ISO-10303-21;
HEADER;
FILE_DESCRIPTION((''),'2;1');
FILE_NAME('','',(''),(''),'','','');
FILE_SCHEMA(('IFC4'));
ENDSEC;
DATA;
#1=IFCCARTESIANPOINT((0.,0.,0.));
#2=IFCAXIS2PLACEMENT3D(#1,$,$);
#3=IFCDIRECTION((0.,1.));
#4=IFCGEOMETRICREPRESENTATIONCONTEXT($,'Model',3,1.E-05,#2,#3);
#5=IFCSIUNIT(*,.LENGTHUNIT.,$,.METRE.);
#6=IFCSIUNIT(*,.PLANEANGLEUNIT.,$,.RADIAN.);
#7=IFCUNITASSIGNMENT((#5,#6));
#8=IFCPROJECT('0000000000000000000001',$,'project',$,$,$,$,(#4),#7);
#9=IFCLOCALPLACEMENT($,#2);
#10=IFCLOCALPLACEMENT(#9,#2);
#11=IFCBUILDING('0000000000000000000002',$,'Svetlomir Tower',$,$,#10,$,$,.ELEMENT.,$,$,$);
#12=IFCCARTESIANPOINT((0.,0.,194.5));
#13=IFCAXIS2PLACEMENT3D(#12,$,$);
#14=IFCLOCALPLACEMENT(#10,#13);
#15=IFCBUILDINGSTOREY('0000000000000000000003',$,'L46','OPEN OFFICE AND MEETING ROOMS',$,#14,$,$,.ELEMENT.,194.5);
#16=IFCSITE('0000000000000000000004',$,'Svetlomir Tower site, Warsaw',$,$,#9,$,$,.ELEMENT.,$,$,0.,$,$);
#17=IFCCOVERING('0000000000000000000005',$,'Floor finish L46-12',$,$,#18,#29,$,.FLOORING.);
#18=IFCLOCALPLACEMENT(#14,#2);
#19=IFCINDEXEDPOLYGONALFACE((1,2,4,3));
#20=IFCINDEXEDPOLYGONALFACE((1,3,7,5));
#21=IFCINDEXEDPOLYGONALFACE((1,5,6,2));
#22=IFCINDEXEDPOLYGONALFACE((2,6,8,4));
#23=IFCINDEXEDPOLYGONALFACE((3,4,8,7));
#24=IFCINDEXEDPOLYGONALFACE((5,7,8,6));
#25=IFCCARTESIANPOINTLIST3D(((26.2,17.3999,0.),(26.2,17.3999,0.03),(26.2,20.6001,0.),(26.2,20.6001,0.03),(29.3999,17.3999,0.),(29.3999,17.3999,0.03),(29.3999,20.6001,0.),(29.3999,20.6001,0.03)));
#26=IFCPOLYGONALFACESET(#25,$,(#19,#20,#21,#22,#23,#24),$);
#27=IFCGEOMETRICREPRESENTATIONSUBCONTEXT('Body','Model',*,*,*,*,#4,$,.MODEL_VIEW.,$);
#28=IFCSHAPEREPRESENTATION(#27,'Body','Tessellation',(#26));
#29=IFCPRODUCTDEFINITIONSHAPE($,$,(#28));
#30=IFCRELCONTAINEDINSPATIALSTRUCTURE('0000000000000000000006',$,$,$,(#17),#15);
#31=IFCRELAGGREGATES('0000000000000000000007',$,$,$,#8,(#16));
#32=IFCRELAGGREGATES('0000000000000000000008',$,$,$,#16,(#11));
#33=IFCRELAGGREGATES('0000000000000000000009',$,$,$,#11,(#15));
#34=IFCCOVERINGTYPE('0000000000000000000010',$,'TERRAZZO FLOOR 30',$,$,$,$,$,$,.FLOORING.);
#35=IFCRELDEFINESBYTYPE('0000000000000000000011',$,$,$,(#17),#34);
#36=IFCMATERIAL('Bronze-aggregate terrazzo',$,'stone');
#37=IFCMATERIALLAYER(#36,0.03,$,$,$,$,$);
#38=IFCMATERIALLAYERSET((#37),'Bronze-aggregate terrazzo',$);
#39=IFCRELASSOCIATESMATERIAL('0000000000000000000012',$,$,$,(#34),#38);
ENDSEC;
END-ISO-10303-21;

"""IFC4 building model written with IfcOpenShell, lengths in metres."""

from ifc_helpers import new_model, si_unit, direction, frame, origin, place, context, subcontext, project, spatial, polyline, outline, extrude, material, layer, layer_set, type_object, element, save


model = new_model("IFC4")

# Units and contexts
model_context = context("Model", 3, precision=1e-05, world=origin(), true_north=direction((0.0, 1.0)))
body_context = subcontext(model_context, "Body", "Model", "MODEL_VIEW")
ifc_project = project(units=[si_unit("LENGTHUNIT", "METRE"), si_unit("PLANEANGLEUNIT", "RADIAN")], contexts=[model_context])

# Site, building, storey
site_placement = place(None, origin())
site = spatial("IfcSite", under=ifc_project, at=site_placement, Name="Svetlomir Tower site, Warsaw", CompositionType="ELEMENT", RefElevation=0.0)
building_placement = place(site_placement, origin())
building = spatial("IfcBuilding", under=site, at=building_placement, Name="Svetlomir Tower", CompositionType="ELEMENT")
storey_placement = place(building_placement, frame((0.0, 0.0, 194.5)))
storey = spatial("IfcBuildingStorey", under=building, at=storey_placement, Name="L46", Description="OPEN OFFICE AND MEETING ROOMS", CompositionType="ELEMENT", Elevation=194.5)

# Covering
ifc_material_1 = material(Name="Bronze-aggregate terrazzo", Category="stone")
ifc_layer_1 = layer(ifc_material_1, 0.03)
ifc_layer_set_1 = layer_set([ifc_layer_1], Name="Bronze-aggregate terrazzo")
covering_type_1 = type_object("IfcCoveringType", Name="TERRAZZO FLOOR 30", PredefinedType="FLOORING", material=ifc_layer_set_1)
covering_1_placement = place(storey_placement, origin())
element("IfcCovering", 1, at=covering_1_placement, inside=storey, type_object=covering_type_1, Name="Floor finish L46-12", PredefinedType="FLOORING", context=body_context, shape_type="SweptSolid", body=[
    extrude(outline(polyline([(26.2, 17.3999), (29.3999, 17.3999), (29.3999, 20.6001), (26.2, 20.6001), (26.2, 17.3999)])), origin(), (0.0, 0.0, 1.0), 0.03),
])

save(model, "model.ifc")
